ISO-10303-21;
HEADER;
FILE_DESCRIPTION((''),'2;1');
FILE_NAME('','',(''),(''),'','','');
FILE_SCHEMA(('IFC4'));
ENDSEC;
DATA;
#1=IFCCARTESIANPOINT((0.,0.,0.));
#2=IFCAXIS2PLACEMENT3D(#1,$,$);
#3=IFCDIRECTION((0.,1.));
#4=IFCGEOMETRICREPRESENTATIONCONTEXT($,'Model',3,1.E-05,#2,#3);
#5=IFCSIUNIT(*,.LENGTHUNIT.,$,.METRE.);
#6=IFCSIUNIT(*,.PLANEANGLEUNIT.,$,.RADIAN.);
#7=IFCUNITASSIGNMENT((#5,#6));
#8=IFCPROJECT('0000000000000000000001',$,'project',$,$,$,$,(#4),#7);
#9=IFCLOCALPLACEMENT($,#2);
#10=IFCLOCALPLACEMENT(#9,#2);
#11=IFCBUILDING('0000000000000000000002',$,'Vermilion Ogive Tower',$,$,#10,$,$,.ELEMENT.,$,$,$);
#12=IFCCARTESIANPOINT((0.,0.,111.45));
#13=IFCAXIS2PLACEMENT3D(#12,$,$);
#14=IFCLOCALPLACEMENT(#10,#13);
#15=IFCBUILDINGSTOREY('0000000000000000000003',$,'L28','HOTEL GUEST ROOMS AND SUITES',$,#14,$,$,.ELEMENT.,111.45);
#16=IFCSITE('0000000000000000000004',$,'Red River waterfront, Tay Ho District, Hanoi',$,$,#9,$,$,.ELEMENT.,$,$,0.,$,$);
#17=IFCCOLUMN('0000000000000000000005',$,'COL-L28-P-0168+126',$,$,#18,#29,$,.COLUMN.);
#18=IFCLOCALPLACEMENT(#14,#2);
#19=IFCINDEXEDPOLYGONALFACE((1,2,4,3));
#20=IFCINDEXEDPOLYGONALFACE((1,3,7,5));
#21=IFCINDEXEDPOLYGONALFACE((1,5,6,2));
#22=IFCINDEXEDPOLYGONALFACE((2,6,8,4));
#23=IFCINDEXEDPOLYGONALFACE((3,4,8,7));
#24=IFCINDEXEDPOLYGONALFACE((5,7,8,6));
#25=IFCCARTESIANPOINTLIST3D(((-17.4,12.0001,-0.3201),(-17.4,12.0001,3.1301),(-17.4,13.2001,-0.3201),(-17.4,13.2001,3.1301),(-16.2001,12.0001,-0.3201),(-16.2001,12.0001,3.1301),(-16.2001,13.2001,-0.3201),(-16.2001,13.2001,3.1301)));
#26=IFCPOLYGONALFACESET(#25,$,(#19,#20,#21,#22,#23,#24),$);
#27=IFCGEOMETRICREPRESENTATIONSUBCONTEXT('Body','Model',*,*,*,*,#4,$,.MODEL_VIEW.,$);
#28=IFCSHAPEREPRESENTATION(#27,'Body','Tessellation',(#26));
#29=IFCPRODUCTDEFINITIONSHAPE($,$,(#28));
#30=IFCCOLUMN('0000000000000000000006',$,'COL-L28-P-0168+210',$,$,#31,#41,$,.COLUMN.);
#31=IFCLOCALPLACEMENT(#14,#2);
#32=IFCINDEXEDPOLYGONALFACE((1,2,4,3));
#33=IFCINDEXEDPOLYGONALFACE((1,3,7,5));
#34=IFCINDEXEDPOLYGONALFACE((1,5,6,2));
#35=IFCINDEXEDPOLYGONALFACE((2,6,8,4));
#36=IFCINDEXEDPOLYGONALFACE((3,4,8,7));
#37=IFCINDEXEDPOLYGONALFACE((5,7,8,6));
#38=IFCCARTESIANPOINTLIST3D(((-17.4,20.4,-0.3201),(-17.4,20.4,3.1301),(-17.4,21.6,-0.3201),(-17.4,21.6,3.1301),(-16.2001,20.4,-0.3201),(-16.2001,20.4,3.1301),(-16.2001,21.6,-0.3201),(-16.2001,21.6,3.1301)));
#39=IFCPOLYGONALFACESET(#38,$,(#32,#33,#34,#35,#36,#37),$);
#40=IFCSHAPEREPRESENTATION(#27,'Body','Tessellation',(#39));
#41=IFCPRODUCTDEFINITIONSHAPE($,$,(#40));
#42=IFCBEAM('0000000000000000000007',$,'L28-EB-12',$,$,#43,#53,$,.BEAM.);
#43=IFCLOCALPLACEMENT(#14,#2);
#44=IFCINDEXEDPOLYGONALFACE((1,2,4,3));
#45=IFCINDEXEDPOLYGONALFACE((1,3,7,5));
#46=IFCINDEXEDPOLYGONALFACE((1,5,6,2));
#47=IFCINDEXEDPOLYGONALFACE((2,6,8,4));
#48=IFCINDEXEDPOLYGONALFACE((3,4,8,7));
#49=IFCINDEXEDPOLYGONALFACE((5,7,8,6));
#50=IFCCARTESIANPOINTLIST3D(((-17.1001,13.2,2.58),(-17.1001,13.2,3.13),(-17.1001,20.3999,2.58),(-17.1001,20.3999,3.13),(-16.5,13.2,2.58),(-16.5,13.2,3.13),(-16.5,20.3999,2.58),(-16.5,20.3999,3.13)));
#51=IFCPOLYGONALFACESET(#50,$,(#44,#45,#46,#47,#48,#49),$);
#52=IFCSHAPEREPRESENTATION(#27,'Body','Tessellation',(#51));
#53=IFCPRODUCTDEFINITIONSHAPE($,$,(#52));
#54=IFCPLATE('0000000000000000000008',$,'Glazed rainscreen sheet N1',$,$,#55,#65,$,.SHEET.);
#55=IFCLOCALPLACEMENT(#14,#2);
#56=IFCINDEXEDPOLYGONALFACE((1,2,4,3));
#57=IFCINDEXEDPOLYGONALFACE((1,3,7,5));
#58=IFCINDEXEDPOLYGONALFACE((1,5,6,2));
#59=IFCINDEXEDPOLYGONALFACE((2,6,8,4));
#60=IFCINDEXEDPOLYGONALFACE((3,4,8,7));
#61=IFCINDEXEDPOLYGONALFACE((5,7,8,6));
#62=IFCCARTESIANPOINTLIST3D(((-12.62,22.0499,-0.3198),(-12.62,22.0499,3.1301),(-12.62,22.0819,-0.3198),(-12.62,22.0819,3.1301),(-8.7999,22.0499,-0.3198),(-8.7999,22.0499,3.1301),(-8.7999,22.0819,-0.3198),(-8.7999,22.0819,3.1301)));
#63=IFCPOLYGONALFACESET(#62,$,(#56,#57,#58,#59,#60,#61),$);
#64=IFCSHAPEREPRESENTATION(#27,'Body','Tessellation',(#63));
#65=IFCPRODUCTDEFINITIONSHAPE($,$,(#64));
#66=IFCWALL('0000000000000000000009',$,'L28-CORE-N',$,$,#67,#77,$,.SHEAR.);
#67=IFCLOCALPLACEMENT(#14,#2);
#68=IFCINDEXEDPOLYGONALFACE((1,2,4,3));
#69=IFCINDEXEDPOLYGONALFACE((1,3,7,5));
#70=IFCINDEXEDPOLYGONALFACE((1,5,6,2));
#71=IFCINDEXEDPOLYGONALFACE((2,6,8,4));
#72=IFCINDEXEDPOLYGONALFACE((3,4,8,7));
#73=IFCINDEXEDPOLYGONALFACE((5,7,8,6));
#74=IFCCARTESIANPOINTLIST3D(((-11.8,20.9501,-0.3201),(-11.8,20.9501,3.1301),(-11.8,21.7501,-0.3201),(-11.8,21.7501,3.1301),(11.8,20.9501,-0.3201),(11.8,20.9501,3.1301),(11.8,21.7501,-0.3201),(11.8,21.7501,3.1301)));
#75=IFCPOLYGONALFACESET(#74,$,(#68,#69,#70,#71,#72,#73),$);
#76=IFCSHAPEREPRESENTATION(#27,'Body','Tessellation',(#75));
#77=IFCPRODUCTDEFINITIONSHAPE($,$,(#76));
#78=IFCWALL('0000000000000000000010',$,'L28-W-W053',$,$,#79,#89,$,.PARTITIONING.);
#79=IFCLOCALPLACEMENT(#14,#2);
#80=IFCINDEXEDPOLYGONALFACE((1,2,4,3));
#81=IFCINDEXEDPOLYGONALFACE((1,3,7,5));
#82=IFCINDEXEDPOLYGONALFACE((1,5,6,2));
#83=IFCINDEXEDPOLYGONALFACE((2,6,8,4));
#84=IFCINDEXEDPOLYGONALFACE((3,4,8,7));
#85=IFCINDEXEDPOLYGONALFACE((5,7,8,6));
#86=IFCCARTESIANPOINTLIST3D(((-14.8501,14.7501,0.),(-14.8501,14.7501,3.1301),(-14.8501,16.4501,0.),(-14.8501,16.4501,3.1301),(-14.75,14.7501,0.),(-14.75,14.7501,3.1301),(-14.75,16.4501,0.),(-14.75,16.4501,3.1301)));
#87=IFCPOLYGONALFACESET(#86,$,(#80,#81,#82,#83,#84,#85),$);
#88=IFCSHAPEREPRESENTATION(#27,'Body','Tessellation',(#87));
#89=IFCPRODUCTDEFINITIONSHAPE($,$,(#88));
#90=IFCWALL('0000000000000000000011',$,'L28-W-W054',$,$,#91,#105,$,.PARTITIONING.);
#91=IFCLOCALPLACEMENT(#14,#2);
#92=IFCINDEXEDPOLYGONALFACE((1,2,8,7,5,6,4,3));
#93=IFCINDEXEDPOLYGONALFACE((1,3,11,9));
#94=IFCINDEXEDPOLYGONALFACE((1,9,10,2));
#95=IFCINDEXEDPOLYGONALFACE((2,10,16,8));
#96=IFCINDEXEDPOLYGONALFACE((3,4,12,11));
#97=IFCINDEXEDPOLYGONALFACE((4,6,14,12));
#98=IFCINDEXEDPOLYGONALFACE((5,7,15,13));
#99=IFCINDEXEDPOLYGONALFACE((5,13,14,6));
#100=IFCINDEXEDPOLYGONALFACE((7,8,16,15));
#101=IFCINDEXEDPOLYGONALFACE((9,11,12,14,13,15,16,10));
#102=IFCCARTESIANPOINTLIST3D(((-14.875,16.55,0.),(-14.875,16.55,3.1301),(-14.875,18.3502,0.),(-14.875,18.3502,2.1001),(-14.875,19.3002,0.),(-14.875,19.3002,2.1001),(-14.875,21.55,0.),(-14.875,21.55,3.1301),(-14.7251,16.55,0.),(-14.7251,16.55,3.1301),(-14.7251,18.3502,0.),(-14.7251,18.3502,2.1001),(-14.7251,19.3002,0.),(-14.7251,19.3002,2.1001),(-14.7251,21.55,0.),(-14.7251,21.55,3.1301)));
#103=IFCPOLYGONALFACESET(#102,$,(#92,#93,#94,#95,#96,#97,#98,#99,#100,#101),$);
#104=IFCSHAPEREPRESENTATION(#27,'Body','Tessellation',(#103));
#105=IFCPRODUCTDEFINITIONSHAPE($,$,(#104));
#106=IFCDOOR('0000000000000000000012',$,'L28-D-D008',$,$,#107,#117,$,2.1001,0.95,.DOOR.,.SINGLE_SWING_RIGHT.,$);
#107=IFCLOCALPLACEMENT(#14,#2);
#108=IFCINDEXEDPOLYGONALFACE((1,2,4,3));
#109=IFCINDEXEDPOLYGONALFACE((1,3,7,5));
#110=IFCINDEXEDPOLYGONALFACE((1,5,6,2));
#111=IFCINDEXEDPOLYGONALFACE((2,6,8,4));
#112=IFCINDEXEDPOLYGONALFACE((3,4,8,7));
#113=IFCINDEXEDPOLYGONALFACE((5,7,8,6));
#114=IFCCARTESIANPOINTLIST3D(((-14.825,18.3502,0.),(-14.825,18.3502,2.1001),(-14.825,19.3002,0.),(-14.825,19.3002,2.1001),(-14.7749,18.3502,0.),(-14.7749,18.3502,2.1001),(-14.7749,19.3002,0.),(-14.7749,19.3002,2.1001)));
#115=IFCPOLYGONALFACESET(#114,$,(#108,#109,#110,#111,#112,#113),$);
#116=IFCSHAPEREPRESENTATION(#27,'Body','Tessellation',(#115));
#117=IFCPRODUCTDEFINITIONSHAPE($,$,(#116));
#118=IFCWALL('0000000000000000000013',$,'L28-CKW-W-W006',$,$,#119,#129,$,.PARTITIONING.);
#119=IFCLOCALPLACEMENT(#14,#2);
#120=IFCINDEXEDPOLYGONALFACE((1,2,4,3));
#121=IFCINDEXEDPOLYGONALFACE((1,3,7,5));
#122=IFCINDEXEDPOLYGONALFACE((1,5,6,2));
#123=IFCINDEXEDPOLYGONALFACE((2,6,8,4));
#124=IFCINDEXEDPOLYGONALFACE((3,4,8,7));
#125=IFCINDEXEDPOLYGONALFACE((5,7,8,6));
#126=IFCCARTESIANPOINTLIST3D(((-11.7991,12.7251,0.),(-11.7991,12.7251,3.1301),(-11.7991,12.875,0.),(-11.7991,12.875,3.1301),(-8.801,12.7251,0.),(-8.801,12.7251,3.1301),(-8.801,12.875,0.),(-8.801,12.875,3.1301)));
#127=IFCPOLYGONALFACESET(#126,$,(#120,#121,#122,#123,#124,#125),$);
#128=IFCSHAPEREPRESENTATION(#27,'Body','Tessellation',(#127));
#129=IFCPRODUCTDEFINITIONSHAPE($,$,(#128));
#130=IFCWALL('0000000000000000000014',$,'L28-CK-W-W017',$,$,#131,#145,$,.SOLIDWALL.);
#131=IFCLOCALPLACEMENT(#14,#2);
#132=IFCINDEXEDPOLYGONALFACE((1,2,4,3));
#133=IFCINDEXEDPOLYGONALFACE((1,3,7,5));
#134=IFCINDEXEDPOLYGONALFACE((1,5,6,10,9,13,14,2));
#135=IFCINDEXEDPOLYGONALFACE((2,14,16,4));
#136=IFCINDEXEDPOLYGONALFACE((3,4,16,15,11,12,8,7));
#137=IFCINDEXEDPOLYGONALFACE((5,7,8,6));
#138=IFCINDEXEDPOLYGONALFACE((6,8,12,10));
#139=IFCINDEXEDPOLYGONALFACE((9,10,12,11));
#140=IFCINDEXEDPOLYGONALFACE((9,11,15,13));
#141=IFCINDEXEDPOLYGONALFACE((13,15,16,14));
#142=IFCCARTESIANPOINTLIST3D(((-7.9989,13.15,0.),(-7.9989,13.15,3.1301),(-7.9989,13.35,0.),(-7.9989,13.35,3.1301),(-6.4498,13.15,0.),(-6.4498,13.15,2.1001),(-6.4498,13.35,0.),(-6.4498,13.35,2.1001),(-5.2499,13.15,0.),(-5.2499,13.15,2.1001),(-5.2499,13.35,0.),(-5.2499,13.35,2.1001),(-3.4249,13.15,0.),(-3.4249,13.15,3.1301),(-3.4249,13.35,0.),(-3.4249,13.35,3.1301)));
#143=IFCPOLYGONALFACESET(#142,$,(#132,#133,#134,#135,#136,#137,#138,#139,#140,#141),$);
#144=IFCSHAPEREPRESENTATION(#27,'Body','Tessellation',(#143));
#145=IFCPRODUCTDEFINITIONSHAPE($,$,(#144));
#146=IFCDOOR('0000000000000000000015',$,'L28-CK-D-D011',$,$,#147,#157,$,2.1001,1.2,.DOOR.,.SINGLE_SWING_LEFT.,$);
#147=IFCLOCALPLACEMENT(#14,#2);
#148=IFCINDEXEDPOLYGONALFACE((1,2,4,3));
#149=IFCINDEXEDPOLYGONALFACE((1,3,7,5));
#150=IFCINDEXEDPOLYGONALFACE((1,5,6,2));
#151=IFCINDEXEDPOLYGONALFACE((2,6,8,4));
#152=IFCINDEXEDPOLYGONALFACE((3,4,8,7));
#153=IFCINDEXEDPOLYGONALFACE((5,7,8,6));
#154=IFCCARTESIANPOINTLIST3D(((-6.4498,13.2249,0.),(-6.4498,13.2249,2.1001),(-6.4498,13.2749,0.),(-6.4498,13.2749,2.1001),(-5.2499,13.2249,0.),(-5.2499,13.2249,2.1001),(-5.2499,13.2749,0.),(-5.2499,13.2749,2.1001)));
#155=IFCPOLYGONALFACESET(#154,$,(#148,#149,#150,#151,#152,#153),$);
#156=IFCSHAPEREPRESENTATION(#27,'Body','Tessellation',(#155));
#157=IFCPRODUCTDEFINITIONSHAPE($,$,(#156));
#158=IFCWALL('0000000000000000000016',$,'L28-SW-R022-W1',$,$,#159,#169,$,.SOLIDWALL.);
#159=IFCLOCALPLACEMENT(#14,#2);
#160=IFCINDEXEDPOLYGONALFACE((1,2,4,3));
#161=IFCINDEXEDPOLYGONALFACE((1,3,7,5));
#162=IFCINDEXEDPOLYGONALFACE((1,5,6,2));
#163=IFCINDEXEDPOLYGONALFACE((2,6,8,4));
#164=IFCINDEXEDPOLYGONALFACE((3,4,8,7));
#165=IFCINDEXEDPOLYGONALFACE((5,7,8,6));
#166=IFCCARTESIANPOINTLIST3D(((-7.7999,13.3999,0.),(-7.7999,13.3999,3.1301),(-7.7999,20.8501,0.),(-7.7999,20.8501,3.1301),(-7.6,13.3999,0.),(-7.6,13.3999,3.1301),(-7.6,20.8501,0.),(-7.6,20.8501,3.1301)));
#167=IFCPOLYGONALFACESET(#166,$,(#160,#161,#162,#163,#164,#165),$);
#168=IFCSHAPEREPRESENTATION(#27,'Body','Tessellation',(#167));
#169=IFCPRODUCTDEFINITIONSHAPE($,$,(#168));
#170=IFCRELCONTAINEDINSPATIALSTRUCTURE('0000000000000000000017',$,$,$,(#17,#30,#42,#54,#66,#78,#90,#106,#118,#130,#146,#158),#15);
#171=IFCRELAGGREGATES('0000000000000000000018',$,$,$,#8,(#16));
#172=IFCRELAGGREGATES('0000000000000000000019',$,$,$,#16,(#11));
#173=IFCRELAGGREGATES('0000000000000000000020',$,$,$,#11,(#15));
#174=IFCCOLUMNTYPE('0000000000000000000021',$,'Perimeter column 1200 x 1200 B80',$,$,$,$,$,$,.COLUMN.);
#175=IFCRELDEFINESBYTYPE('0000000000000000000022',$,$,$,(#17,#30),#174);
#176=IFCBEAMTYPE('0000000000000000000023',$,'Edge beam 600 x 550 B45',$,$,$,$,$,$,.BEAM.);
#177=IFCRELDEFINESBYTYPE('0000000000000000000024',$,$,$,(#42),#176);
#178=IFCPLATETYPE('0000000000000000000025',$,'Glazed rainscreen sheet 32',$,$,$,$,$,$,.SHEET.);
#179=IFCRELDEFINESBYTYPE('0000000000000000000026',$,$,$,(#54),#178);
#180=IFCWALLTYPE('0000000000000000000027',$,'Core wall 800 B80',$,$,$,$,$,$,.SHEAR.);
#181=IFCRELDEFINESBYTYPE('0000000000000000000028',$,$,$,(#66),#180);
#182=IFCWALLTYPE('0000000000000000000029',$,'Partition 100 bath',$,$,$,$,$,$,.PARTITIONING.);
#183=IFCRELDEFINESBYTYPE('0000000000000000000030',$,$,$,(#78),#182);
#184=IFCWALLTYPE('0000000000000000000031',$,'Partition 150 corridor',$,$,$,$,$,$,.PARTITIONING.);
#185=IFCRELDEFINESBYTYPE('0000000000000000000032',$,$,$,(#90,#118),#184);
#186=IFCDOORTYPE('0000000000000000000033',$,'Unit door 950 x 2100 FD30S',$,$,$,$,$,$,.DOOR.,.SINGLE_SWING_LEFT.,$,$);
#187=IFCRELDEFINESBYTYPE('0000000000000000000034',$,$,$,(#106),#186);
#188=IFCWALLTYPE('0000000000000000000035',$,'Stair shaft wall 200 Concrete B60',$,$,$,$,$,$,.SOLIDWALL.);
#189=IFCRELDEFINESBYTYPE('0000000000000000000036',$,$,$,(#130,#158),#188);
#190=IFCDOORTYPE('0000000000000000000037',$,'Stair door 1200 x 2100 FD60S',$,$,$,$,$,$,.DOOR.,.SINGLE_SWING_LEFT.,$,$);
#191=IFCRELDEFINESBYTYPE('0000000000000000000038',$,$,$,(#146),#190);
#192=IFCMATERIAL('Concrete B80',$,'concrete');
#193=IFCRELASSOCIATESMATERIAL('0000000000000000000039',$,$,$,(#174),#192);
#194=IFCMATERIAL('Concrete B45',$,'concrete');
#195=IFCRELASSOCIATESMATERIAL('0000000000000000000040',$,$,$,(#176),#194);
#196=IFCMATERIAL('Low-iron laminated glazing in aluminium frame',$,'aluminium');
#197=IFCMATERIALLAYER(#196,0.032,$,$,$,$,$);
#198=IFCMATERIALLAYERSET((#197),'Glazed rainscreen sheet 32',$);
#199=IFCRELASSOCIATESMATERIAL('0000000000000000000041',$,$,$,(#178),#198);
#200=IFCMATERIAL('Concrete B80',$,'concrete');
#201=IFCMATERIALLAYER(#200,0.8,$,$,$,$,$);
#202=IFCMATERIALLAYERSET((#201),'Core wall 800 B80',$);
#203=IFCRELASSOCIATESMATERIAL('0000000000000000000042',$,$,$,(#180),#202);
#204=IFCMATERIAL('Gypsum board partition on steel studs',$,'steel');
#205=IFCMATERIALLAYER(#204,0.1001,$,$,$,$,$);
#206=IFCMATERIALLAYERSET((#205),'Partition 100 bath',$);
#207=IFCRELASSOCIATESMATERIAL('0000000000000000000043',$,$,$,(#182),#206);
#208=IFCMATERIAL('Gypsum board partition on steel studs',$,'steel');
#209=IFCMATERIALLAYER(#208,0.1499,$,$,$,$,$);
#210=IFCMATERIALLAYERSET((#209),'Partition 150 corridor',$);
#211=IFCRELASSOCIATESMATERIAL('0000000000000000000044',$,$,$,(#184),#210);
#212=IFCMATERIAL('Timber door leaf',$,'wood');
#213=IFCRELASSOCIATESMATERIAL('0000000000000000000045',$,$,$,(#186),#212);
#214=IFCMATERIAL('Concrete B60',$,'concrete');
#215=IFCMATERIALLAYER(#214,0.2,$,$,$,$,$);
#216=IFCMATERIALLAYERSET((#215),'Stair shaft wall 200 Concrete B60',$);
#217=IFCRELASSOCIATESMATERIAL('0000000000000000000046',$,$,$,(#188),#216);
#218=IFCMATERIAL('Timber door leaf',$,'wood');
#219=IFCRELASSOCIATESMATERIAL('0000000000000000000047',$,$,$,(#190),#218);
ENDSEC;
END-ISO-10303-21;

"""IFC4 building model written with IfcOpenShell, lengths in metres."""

from ifc_helpers import new_model, si_unit, direction, frame, frame_2d, origin, origin_2d, place, context, subcontext, project, spatial, rectangle, extrude, material, layer, layer_set, material_profile, profile_set, type_object, element, fill, save


model = new_model("IFC4")

# Units and contexts
model_context = context("Model", 3, precision=1e-05, world=origin(), true_north=direction((0.0, 1.0)))
body_context = subcontext(model_context, "Body", "Model", "MODEL_VIEW")
ifc_project = project(units=[si_unit("LENGTHUNIT", "METRE"), si_unit("PLANEANGLEUNIT", "RADIAN")], contexts=[model_context])

# Site, building, storey
site_placement = place(None, origin())
site = spatial("IfcSite", under=ifc_project, at=site_placement, Name="Red River waterfront, Tay Ho District, Hanoi", CompositionType="ELEMENT", RefElevation=0.0)
building_placement = place(site_placement, origin())
building = spatial("IfcBuilding", under=site, at=building_placement, Name="Vermilion Ogive Tower", CompositionType="ELEMENT")
storey_placement = place(building_placement, frame((0.0, 0.0, 111.45)))
storey = spatial("IfcBuildingStorey", under=building, at=storey_placement, Name="L28", Description="HOTEL GUEST ROOMS AND SUITES", CompositionType="ELEMENT", Elevation=111.45)

# Columns
ifc_material_1 = material(Name="Concrete B80", Category="concrete")
ifc_material_profile_1 = material_profile(ifc_material_1, rectangle(XDim=1.2, YDim=1.2, at=origin_2d()), Name="1200 x 1200")
ifc_profile_set_1 = profile_set([ifc_material_profile_1], Name="Concrete B80")
column_type = type_object("IfcColumnType", Name="Perimeter column 1200 x 1200 B80", PredefinedType="COLUMN", material=ifc_profile_set_1)
for number, where, z_axis, x_axis, name in (
    (1, (-16.8, 12.6001, -0.3201), (0.0, 0.0, 1.0), (1.0, 0.0, 0.0), "COL-L28-P-0168+126"),
    (2, (-16.8, 21.0, -0.3201), (0.0, 0.0, 1.0), (1.0, 0.0, 0.0), "COL-L28-P-0168+210"),
):
    element("IfcColumn", number, at=place(storey_placement, frame(where, z_axis=z_axis, x_axis=x_axis)), inside=storey, type_object=column_type, Name=name, PredefinedType="COLUMN", context=body_context, shape_type="SweptSolid", body=[
        extrude(rectangle(XDim=1.2, YDim=1.2, at=origin_2d()), origin(), (0.0, 0.0, 1.0), 3.4502),
    ])

# Beam
ifc_material_2 = material(Name="Concrete B45", Category="concrete")
ifc_material_profile_2 = material_profile(ifc_material_2, rectangle(XDim=0.6001, YDim=0.55, at=origin_2d()), Name="600 x 550")
ifc_profile_set_2 = profile_set([ifc_material_profile_2], Name="Concrete B45")
beam_type = type_object("IfcBeamType", Name="Edge beam 600 x 550 B45", PredefinedType="BEAM", material=ifc_profile_set_2)
beam_placement = place(storey_placement, frame((-16.8, 20.3999, 2.855), z_axis=(0.0, -1.0, 0.0), x_axis=(1.0, 0.0, 0.0)))
element("IfcBeam", 3, at=beam_placement, inside=storey, type_object=beam_type, Name="L28-EB-12", PredefinedType="BEAM", context=body_context, shape_type="SweptSolid", body=[
    extrude(rectangle(XDim=0.6001, YDim=0.55, at=origin_2d()), origin(), (0.0, 0.0, 1.0), 7.2),
])

# Plate
ifc_material_3 = material(Name="Low-iron laminated glazing in aluminium frame", Category="aluminium")
ifc_layer_1 = layer(ifc_material_3, 0.032)
ifc_layer_set_1 = layer_set([ifc_layer_1], Name="Glazed rainscreen sheet 32")
plate_type = type_object("IfcPlateType", Name="Glazed rainscreen sheet 32", PredefinedType="SHEET", material=ifc_layer_set_1)
plate_placement = place(storey_placement, frame((-10.71, 22.0659, -0.3198), z_axis=(0.0, 0.0, 1.0), x_axis=(1.0, 0.0, 0.0)))
element("IfcPlate", 4, at=plate_placement, inside=storey, type_object=plate_type, Name="Glazed rainscreen sheet N1", PredefinedType="SHEET", context=body_context, shape_type="SweptSolid", body=[
    extrude(rectangle(XDim=3.8201, YDim=0.032, at=origin_2d()), origin(), (0.0, 0.0, 1.0), 3.45),
])

# Walls
ifc_material_4 = material(Name="Concrete B80", Category="concrete")
ifc_layer_2 = layer(ifc_material_4, 0.8)
ifc_layer_set_2 = layer_set([ifc_layer_2], Name="Core wall 800 B80")
wall_type_1 = type_object("IfcWallType", Name="Core wall 800 B80", PredefinedType="SHEAR", material=ifc_layer_set_2)
wall_1_placement = place(storey_placement, frame((-11.8, 21.3501, -0.3201), z_axis=(0.0, 0.0, 1.0), x_axis=(1.0, 0.0, 0.0)))
element("IfcWall", 5, at=wall_1_placement, inside=storey, type_object=wall_type_1, Name="L28-CORE-N", PredefinedType="SHEAR", context=body_context, shape_type="SweptSolid", body=[
    extrude(rectangle(XDim=23.6001, YDim=0.8, at=frame_2d((11.8, 0.0))), origin(), (0.0, 0.0, 1.0), 3.4502),
])
ifc_material_5 = material(Name="Gypsum board partition on steel studs", Category="steel")
ifc_layer_3 = layer(ifc_material_5, 0.1001)
ifc_layer_set_3 = layer_set([ifc_layer_3], Name="Partition 100 bath")
wall_type_2 = type_object("IfcWallType", Name="Partition 100 bath", PredefinedType="PARTITIONING", material=ifc_layer_set_3)
wall_2_placement = place(storey_placement, frame((-14.8, 14.75, 0.0), z_axis=(0.0, 0.0, 1.0), x_axis=(0.0, 1.0, 0.0)))
element("IfcWall", 6, at=wall_2_placement, inside=storey, type_object=wall_type_2, Name="L28-W-W053", PredefinedType="PARTITIONING", context=body_context, shape_type="SweptSolid", body=[
    extrude(rectangle(XDim=1.7, YDim=0.1001, at=frame_2d((0.8501, 0.0))), origin(), (0.0, 0.0, 1.0), 3.1301),
])

# Wall, opening, door
ifc_material_6 = material(Name="Gypsum board partition on steel studs", Category="steel")
ifc_layer_4 = layer(ifc_material_6, 0.1499)
ifc_layer_set_4 = layer_set([ifc_layer_4], Name="Partition 150 corridor")
wall_type_3 = type_object("IfcWallType", Name="Partition 150 corridor", PredefinedType="PARTITIONING", material=ifc_layer_set_4)
wall_3_placement = place(storey_placement, frame((-14.8, 16.55, 0.0), z_axis=(0.0, 0.0, 1.0), x_axis=(0.0, 1.0, 0.0)))
wall_3 = element("IfcWall", 7, at=wall_3_placement, inside=storey, type_object=wall_type_3, Name="L28-W-W054", PredefinedType="PARTITIONING", context=body_context, shape_type="SweptSolid", body=[
    extrude(rectangle(XDim=5.0, YDim=0.1499, at=frame_2d((2.5, 0.0))), origin(), (0.0, 0.0, 1.0), 3.1301),
])
opening_1_placement = place(wall_3_placement, frame((1.8, 0.0, 0.0)))
opening_1 = element("IfcOpeningElement", 8, at=opening_1_placement, cuts=wall_3, PredefinedType="OPENING", context=body_context, shape_type="SweptSolid", body=[
    extrude(rectangle(XDim=0.95, YDim=2.1001, at=frame_2d((0.4751, 1.05))), frame((0.0, 0.085, 0.0), z_axis=(0.0, -1.0, 0.0), x_axis=(1.0, 0.0, 0.0)), (0.0, 0.0, 1.0), 0.1699),
])
ifc_material_7 = material(Name="Timber door leaf", Category="wood")
door_type_1 = type_object("IfcDoorType", Name="Unit door 950 x 2100 FD30S", OperationType="SINGLE_SWING_LEFT", PredefinedType="DOOR", material=ifc_material_7)
door_1_placement = place(opening_1_placement, origin())
door_1 = element("IfcDoor", 9, at=door_1_placement, inside=storey, type_object=door_type_1, Name="L28-D-D008", OperationType="SINGLE_SWING_RIGHT", OverallHeight=2.1001, OverallWidth=0.95, PredefinedType="DOOR", context=body_context, shape_type="SweptSolid", body=[
    extrude(rectangle(XDim=0.95, YDim=2.1001, at=frame_2d((0.4751, 1.05))), frame((0.0, 0.0249, 0.0), z_axis=(0.0, -1.0, 0.0), x_axis=(1.0, 0.0, 0.0)), (0.0, 0.0, 1.0), 0.05),
])
fill(opening_1, door_1)

# Wall
wall_4_placement = place(storey_placement, frame((-11.7991, 12.8, 0.0), z_axis=(0.0, 0.0, 1.0), x_axis=(1.0, 0.0, 0.0)))
element("IfcWall", 10, at=wall_4_placement, inside=storey, type_object=wall_type_3, Name="L28-CKW-W-W006", PredefinedType="PARTITIONING", context=body_context, shape_type="SweptSolid", body=[
    extrude(rectangle(XDim=2.998, YDim=0.1499, at=frame_2d((1.499, 0.0))), origin(), (0.0, 0.0, 1.0), 3.1301),
])

# Wall, opening, door
ifc_material_8 = material(Name="Concrete B60", Category="concrete")
ifc_layer_5 = layer(ifc_material_8, 0.2)
ifc_layer_set_5 = layer_set([ifc_layer_5], Name="Stair shaft wall 200 Concrete B60")
wall_type_4 = type_object("IfcWallType", Name="Stair shaft wall 200 Concrete B60", PredefinedType="SOLIDWALL", material=ifc_layer_set_5)
wall_5_placement = place(storey_placement, frame((-7.999, 13.25, 0.0), z_axis=(0.0, 0.0, 1.0), x_axis=(1.0, 0.0, 0.0)))
wall_5 = element("IfcWall", 11, at=wall_5_placement, inside=storey, type_object=wall_type_4, Name="L28-CK-W-W017", PredefinedType="SOLIDWALL", context=body_context, shape_type="SweptSolid", body=[
    extrude(rectangle(XDim=4.574, YDim=0.2, at=frame_2d((2.2871, 0.0))), origin(), (0.0, 0.0, 1.0), 3.1301),
])
opening_2_placement = place(wall_5_placement, frame((1.5491, 0.0, 0.0)))
opening_2 = element("IfcOpeningElement", 12, at=opening_2_placement, cuts=wall_5, PredefinedType="OPENING", context=body_context, shape_type="SweptSolid", body=[
    extrude(rectangle(XDim=1.2, YDim=2.1001, at=frame_2d((0.6001, 1.05))), frame((0.0, 0.1099, 0.0), z_axis=(0.0, -1.0, 0.0), x_axis=(1.0, 0.0, 0.0)), (0.0, 0.0, 1.0), 0.22),
])
ifc_material_9 = material(Name="Timber door leaf", Category="wood")
door_type_2 = type_object("IfcDoorType", Name="Stair door 1200 x 2100 FD60S", OperationType="SINGLE_SWING_LEFT", PredefinedType="DOOR", material=ifc_material_9)
door_2_placement = place(opening_2_placement, origin())
door_2 = element("IfcDoor", 13, at=door_2_placement, inside=storey, type_object=door_type_2, Name="L28-CK-D-D011", OperationType="SINGLE_SWING_LEFT", OverallHeight=2.1001, OverallWidth=1.2, PredefinedType="DOOR", context=body_context, shape_type="SweptSolid", body=[
    extrude(rectangle(XDim=1.2, YDim=2.1001, at=frame_2d((0.6001, 1.05))), frame((0.0, 0.0249, 0.0), z_axis=(0.0, -1.0, 0.0), x_axis=(1.0, 0.0, 0.0)), (0.0, 0.0, 1.0), 0.05),
])
fill(opening_2, door_2)

# Wall
wall_6_placement = place(storey_placement, frame((-7.7, 13.3999, 0.0), z_axis=(0.0, 0.0, 1.0), x_axis=(0.0, 1.0, 0.0)))
element("IfcWall", 14, at=wall_6_placement, inside=storey, type_object=wall_type_4, Name="L28-SW-R022-W1", PredefinedType="SOLIDWALL", context=body_context, shape_type="SweptSolid", body=[
    extrude(rectangle(XDim=7.4502, YDim=0.2, at=frame_2d((3.7251, 0.0))), origin(), (0.0, 0.0, 1.0), 3.1301),
])

save(model, "model.ifc")
